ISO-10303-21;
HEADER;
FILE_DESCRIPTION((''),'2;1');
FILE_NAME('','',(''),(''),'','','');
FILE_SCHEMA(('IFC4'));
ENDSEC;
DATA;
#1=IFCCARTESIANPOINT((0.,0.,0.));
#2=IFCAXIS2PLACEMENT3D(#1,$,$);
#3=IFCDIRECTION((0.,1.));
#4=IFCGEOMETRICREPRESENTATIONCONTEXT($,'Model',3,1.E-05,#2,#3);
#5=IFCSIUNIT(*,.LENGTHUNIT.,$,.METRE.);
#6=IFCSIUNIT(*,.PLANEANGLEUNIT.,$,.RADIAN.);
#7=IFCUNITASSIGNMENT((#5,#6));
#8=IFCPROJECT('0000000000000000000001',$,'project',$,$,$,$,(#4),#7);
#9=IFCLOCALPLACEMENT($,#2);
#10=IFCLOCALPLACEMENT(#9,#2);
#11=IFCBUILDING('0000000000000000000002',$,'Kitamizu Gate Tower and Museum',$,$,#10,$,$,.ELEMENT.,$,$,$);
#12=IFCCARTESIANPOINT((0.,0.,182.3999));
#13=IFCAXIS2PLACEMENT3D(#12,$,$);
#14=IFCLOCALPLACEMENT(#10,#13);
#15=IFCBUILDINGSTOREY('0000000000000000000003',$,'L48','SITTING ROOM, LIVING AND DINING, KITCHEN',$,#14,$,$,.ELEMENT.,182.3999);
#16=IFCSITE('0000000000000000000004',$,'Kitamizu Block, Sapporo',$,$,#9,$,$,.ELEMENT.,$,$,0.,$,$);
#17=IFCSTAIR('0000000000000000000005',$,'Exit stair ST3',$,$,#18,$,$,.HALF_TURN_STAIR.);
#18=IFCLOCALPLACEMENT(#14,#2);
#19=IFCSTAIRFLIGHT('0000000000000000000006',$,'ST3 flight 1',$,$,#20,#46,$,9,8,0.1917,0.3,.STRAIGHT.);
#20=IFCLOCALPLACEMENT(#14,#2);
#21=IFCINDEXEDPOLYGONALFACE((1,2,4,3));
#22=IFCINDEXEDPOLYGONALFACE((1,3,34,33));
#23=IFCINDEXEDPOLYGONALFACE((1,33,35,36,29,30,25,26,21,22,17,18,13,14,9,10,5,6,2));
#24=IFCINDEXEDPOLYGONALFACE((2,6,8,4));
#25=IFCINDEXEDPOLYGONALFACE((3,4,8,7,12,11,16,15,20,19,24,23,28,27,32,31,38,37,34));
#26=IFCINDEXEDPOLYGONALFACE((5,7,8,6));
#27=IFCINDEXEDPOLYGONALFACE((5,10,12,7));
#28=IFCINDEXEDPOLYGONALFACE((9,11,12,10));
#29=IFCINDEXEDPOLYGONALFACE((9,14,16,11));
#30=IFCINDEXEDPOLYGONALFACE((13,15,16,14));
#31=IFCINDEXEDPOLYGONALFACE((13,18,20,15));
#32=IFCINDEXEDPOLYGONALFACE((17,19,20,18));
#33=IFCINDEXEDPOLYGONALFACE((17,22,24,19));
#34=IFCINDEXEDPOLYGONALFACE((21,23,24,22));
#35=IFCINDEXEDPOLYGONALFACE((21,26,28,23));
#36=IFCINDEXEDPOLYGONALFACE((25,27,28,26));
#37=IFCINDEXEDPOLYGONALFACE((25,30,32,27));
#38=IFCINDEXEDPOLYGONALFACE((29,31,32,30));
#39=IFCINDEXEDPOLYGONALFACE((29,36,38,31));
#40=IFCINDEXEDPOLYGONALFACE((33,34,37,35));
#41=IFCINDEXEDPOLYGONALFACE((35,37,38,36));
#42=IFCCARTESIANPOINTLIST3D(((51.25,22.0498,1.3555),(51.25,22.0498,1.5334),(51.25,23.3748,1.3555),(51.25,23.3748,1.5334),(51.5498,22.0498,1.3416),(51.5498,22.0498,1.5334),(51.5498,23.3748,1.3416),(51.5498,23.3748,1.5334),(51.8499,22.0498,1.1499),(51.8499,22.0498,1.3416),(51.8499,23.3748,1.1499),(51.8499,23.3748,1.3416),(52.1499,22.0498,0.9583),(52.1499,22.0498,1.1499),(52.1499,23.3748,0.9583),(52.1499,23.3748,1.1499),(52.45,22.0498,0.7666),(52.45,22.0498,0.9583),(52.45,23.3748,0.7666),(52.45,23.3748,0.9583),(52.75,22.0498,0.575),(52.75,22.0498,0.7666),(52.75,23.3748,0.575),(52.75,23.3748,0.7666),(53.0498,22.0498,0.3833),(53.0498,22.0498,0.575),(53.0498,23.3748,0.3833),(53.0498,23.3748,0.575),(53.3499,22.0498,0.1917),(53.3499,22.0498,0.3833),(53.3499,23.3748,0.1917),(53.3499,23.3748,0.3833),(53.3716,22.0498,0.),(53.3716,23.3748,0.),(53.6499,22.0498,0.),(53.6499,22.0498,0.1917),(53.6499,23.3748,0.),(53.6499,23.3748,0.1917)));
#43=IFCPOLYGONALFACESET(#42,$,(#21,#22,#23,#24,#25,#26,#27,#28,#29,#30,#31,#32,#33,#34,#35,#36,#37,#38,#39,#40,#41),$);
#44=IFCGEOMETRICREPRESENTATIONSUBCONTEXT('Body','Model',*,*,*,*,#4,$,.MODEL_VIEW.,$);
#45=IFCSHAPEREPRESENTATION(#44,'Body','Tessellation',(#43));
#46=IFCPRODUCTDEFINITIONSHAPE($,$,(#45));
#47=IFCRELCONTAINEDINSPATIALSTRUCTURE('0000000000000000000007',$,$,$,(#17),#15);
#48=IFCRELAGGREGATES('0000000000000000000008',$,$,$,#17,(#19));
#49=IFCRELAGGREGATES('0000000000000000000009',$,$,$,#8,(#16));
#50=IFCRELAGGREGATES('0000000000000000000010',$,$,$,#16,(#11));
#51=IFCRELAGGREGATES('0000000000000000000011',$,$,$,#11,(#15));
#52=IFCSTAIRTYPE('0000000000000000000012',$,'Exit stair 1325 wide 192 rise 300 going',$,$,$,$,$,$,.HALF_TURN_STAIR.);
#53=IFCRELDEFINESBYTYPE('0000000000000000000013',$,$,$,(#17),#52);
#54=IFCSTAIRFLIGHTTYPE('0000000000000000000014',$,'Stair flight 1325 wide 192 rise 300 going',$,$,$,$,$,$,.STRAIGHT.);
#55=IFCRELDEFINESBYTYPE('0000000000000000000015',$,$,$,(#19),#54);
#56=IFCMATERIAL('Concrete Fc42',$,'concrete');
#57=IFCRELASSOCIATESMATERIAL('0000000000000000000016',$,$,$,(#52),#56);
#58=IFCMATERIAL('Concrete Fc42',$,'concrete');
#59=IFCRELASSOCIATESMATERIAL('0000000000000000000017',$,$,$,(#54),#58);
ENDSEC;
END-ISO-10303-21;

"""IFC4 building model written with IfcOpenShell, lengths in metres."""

from ifc_helpers import new_model, si_unit, direction, frame, origin, place, context, subcontext, project, spatial, polyline, outline, extrude, material, type_object, element, aggregate, save


model = new_model("IFC4")

# Units and contexts
model_context = context("Model", 3, precision=1e-05, world=origin(), true_north=direction((0.0, 1.0)))
body_context = subcontext(model_context, "Body", "Model", "MODEL_VIEW")
ifc_project = project(units=[si_unit("LENGTHUNIT", "METRE"), si_unit("PLANEANGLEUNIT", "RADIAN")], contexts=[model_context])

# Site, building, storey
site_placement = place(None, origin())
site = spatial("IfcSite", under=ifc_project, at=site_placement, Name="Kitamizu Block, Sapporo", CompositionType="ELEMENT", RefElevation=0.0)
building_placement = place(site_placement, origin())
building = spatial("IfcBuilding", under=site, at=building_placement, Name="Kitamizu Gate Tower and Museum", CompositionType="ELEMENT")
storey_placement = place(building_placement, frame((0.0, 0.0, 182.3999)))
storey = spatial("IfcBuildingStorey", under=building, at=storey_placement, Name="L48", Description="SITTING ROOM, LIVING AND DINING, KITCHEN", CompositionType="ELEMENT", Elevation=182.3999)

# Stair, stair flight
ifc_material_1 = material(Name="Concrete Fc42", Category="concrete")
stair_type = type_object("IfcStairType", Name="Exit stair 1325 wide 192 rise 300 going", PredefinedType="HALF_TURN_STAIR", material=ifc_material_1)
stair_placement = place(storey_placement, origin())
stair = element("IfcStair", 1, at=stair_placement, inside=storey, type_object=stair_type, Name="Exit stair ST3", PredefinedType="HALF_TURN_STAIR")
ifc_material_2 = material(Name="Concrete Fc42", Category="concrete")
stair_flight_type = type_object("IfcStairFlightType", Name="Stair flight 1325 wide 192 rise 300 going", PredefinedType="STRAIGHT", material=ifc_material_2)
stair_flight_placement = place(storey_placement, frame((53.6499, 22.7124, 0.0), z_axis=(0.0, 0.0, 1.0), x_axis=(-1.0, 0.0, 0.0)))
stair_flight = element("IfcStairFlight", 2, at=stair_flight_placement, type_object=stair_flight_type, Name="ST3 flight 1", NumberOfRisers=9, NumberOfTreads=8, PredefinedType="STRAIGHT", RiserHeight=0.1917, TreadLength=0.3, context=body_context, shape_type="SweptSolid", body=[
    extrude(outline(polyline([(0.0, 0.0), (0.0, 0.1917), (0.3, 0.1917), (0.3, 0.3833), (0.6001, 0.3833), (0.6001, 0.575), (0.8999, 0.575), (0.8999, 0.7666), (1.2, 0.7666), (1.2, 0.9583), (1.5, 0.9583), (1.5, 1.1499), (1.8, 1.1499), (1.8, 1.3416), (2.1001, 1.3416), (2.1001, 1.5334), (2.3999, 1.5334), (2.3999, 1.7251), (2.3999, 1.3555), (0.2783, 0.0), (0.0, 0.0)])), frame((0.0, 0.6626, 0.0), z_axis=(0.0, -1.0, 0.0), x_axis=(1.0, 0.0, 0.0)), (0.0, 0.0, 1.0), 1.325),
])
aggregate(stair, [stair_flight])

save(model, "model.ifc")
